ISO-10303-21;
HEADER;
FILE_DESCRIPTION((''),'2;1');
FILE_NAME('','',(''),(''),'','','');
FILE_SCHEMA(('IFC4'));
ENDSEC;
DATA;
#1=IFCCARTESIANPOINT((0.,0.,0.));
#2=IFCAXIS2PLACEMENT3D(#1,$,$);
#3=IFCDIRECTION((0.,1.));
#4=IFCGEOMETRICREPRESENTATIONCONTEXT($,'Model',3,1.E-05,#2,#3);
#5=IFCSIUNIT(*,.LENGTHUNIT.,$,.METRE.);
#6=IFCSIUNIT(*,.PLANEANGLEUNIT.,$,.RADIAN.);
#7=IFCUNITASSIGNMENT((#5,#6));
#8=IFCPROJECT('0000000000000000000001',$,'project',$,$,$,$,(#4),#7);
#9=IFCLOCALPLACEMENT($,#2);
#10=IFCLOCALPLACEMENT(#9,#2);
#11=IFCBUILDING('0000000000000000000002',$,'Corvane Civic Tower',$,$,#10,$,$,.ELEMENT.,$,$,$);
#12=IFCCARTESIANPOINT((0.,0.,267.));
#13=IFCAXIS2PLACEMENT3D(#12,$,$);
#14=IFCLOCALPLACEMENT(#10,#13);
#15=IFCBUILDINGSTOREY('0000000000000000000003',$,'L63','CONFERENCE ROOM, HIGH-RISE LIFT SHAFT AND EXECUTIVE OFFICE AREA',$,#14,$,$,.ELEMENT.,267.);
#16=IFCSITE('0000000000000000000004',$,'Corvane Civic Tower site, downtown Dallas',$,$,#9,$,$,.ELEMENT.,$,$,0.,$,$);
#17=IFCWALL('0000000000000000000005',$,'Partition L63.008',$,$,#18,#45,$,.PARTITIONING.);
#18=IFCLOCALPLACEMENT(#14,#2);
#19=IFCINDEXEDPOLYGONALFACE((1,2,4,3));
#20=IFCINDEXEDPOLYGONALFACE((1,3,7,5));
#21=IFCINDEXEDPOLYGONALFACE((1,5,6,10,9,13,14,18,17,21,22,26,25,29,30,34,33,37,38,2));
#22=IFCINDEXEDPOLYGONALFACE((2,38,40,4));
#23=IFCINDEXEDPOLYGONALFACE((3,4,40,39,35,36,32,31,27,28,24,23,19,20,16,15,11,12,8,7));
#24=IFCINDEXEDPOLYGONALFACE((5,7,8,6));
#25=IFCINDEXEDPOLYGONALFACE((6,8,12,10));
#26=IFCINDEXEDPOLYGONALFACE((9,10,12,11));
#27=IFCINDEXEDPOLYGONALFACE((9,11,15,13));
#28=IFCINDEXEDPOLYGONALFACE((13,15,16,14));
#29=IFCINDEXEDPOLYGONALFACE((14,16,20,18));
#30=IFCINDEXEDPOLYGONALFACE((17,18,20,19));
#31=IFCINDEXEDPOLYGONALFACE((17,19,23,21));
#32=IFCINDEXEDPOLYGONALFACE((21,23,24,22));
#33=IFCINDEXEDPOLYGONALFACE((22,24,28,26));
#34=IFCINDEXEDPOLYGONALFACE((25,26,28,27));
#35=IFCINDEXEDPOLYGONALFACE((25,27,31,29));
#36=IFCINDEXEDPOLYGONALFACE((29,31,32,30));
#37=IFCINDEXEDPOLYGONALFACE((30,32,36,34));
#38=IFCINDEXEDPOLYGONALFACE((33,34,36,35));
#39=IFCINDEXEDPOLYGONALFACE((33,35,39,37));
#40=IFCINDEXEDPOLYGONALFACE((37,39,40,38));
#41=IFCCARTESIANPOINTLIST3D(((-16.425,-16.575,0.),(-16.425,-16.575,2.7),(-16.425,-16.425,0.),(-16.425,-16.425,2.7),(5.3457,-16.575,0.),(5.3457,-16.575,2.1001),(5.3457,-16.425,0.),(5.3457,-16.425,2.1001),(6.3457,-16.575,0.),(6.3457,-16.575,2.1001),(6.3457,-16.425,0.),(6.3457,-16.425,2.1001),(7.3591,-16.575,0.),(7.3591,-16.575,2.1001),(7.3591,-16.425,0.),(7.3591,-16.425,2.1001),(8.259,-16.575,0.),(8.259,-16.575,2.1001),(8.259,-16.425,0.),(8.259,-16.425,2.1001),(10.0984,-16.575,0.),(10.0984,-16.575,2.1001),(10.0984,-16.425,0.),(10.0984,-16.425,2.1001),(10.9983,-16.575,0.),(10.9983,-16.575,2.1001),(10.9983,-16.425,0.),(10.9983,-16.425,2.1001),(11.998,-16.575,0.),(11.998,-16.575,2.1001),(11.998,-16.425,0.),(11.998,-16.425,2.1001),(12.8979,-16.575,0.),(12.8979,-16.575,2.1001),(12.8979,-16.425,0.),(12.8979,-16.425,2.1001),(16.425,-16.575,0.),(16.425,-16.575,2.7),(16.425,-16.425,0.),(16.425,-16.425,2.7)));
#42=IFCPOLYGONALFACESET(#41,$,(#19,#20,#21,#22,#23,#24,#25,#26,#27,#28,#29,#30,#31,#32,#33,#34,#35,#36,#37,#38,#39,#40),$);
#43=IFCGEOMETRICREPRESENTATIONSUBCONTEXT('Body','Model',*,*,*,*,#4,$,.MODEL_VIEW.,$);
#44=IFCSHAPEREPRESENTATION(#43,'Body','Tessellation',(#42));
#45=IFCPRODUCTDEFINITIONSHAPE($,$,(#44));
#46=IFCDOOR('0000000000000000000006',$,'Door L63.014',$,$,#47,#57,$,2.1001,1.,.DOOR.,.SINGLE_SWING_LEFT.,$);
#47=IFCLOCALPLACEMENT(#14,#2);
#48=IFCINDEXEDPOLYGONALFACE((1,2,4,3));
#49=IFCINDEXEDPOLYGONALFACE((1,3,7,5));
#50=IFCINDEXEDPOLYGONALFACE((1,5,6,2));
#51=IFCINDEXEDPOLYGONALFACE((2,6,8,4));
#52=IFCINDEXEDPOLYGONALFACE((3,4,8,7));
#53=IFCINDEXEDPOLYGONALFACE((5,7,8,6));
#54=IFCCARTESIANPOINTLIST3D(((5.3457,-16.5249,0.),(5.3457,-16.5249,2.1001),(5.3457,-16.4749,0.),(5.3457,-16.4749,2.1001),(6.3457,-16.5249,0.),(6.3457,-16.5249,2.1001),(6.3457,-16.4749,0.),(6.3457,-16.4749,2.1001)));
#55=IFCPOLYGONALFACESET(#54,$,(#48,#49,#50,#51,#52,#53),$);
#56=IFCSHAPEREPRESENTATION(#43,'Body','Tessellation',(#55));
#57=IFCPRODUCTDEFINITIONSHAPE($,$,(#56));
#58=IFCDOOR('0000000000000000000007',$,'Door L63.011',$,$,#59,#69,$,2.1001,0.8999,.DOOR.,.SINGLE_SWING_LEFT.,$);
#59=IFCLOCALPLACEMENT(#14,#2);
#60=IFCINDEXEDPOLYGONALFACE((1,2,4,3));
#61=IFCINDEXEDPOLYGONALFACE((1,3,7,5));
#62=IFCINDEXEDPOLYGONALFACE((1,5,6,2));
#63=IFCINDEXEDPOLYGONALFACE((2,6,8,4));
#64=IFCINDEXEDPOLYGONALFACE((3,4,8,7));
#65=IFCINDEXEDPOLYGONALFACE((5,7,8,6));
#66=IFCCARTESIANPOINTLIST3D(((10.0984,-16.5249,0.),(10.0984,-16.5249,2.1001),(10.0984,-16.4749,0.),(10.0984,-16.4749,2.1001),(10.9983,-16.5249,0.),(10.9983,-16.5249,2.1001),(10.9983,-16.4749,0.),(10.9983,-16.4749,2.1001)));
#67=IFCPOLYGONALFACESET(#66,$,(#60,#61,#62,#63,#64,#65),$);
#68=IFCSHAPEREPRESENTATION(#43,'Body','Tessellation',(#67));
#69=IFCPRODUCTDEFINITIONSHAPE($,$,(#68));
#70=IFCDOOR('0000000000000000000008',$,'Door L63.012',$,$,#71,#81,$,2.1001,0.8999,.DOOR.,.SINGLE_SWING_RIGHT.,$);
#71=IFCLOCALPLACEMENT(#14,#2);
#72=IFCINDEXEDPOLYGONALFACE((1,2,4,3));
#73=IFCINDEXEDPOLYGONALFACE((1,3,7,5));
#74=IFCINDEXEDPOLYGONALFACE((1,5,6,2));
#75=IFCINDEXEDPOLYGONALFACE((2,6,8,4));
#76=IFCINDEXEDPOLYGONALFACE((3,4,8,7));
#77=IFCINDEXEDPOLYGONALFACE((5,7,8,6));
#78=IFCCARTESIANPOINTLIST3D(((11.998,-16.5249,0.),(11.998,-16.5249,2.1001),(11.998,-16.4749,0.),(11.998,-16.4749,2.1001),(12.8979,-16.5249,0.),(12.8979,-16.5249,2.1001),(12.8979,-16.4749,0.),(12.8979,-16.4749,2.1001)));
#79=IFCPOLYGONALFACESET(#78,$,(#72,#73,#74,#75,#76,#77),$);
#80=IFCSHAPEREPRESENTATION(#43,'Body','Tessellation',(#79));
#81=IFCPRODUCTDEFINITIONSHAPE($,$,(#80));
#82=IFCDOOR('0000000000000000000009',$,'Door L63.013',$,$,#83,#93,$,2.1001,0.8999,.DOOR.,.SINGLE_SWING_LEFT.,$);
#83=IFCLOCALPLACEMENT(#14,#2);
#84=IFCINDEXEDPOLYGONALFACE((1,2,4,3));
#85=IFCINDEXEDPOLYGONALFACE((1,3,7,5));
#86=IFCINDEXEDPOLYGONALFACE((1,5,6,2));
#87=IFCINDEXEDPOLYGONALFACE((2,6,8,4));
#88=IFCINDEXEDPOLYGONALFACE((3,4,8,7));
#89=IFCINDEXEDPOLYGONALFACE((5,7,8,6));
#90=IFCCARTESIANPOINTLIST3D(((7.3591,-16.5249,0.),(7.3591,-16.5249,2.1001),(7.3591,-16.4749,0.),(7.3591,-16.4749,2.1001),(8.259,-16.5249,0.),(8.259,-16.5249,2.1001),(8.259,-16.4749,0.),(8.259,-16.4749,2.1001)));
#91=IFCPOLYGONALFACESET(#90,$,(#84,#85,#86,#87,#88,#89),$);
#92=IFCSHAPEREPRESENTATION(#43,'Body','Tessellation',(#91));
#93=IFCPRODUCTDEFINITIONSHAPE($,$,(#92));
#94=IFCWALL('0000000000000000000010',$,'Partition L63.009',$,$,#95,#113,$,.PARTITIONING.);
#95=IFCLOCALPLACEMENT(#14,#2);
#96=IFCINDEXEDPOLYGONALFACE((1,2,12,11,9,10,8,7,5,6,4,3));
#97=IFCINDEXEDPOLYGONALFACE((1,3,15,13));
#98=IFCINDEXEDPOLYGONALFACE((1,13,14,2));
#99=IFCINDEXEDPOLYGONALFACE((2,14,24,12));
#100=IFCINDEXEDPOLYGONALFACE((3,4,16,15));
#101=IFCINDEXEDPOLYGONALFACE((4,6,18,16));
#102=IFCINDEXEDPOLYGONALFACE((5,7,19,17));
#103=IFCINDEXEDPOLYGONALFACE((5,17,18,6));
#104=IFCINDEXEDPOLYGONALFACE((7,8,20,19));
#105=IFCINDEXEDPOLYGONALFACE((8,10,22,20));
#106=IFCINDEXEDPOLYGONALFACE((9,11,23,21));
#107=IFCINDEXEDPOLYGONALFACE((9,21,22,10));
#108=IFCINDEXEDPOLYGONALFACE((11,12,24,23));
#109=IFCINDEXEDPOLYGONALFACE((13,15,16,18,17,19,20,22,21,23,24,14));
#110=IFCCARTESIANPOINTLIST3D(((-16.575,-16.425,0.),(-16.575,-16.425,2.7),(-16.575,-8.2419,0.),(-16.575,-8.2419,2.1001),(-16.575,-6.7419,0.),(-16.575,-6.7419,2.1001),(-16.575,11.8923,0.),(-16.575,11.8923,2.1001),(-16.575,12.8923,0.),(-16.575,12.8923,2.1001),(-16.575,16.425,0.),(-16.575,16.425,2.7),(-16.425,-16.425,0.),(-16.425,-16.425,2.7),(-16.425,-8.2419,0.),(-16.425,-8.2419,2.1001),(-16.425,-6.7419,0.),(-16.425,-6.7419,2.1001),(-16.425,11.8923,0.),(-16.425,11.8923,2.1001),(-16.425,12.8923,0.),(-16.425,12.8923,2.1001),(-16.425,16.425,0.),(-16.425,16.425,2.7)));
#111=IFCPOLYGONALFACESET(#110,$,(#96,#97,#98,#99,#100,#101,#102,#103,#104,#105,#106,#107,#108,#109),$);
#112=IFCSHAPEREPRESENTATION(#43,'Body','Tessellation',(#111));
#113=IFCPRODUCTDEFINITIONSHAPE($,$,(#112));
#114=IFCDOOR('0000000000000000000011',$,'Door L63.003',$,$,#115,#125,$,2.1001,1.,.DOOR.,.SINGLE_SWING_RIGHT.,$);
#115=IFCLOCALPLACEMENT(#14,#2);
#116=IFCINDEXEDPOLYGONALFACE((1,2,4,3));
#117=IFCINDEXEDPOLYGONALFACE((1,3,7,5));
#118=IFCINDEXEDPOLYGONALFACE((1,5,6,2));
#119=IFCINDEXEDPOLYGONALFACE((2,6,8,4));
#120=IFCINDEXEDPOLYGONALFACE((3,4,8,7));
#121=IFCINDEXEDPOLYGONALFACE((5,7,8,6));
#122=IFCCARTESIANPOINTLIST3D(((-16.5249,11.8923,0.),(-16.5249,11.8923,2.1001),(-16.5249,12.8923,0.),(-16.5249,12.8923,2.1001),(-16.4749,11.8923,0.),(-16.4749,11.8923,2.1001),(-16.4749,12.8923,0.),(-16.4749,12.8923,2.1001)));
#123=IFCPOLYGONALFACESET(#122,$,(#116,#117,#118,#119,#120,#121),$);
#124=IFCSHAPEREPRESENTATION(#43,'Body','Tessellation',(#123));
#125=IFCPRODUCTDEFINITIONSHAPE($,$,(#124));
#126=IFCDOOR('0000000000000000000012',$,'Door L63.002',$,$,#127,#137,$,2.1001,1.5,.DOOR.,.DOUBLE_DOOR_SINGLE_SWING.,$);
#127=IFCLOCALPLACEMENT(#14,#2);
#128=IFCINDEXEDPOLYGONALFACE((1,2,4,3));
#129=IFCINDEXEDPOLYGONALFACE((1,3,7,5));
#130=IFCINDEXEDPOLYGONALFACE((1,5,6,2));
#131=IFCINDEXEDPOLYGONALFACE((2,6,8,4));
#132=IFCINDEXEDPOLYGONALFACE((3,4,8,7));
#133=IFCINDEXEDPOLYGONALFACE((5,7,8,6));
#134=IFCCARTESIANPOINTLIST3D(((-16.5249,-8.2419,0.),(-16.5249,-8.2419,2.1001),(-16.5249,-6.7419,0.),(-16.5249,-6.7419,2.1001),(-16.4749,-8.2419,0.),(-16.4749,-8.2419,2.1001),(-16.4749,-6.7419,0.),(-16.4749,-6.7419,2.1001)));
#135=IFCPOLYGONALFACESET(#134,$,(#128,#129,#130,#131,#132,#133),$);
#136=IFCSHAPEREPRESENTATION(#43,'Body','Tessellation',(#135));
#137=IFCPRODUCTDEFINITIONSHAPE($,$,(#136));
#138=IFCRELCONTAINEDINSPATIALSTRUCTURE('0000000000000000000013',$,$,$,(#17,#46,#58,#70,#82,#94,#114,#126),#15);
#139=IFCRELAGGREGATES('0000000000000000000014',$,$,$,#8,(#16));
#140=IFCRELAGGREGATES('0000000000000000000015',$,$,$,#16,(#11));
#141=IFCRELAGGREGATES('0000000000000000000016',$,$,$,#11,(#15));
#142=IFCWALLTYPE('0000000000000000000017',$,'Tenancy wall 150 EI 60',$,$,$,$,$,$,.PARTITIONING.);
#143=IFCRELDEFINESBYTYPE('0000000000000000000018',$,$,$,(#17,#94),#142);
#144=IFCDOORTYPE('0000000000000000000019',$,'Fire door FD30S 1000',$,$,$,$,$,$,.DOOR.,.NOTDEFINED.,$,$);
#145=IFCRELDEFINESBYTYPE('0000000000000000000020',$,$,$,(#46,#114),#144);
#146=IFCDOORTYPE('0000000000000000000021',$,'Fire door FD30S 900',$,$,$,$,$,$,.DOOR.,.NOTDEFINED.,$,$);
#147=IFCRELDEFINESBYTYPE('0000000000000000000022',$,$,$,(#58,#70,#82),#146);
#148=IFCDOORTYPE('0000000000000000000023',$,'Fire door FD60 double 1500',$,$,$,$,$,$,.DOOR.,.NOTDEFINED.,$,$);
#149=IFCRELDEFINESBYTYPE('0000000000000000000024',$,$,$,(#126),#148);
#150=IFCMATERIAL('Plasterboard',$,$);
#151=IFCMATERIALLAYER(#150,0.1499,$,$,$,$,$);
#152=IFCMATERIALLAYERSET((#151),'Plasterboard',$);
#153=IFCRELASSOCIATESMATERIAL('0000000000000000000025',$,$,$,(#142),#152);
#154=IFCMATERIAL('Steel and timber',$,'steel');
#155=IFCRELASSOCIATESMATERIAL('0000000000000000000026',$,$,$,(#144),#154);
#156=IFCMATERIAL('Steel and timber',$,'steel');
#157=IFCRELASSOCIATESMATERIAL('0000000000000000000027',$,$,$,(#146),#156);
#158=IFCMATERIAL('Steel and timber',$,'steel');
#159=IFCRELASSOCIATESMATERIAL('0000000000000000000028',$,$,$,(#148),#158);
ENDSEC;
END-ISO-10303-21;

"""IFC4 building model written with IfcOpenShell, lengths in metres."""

from ifc_helpers import new_model, si_unit, direction, frame, frame_2d, origin, place, context, subcontext, project, spatial, rectangle, extrude, material, layer, layer_set, type_object, element, fill, save


model = new_model("IFC4")

# Units and contexts
model_context = context("Model", 3, precision=1e-05, world=origin(), true_north=direction((0.0, 1.0)))
body_context = subcontext(model_context, "Body", "Model", "MODEL_VIEW")
ifc_project = project(units=[si_unit("LENGTHUNIT", "METRE"), si_unit("PLANEANGLEUNIT", "RADIAN")], contexts=[model_context])

# Site, building, storey
site_placement = place(None, origin())
site = spatial("IfcSite", under=ifc_project, at=site_placement, Name="Corvane Civic Tower site, downtown Dallas", CompositionType="ELEMENT", RefElevation=0.0)
building_placement = place(site_placement, origin())
building = spatial("IfcBuilding", under=site, at=building_placement, Name="Corvane Civic Tower", CompositionType="ELEMENT")
storey_placement = place(building_placement, frame((0.0, 0.0, 267.0)))
storey = spatial("IfcBuildingStorey", under=building, at=storey_placement, Name="L63", Description="CONFERENCE ROOM, HIGH-RISE LIFT SHAFT AND EXECUTIVE OFFICE AREA", CompositionType="ELEMENT", Elevation=267.0)

# Walls, openings, doors
ifc_material_1 = material(Name="Plasterboard")
ifc_layer_1 = layer(ifc_material_1, 0.1499)
ifc_layer_set_1 = layer_set([ifc_layer_1], Name="Plasterboard")
wall_type_1 = type_object("IfcWallType", Name="Tenancy wall 150 EI 60", PredefinedType="PARTITIONING", material=ifc_layer_set_1)
wall_1_placement = place(storey_placement, frame((-16.425, -16.5, 0.0), z_axis=(0.0, 0.0, 1.0), x_axis=(1.0, 0.0, 0.0)))
wall_1 = element("IfcWall", 1, at=wall_1_placement, inside=storey, type_object=wall_type_1, Name="Partition L63.008", PredefinedType="PARTITIONING", context=body_context, shape_type="SweptSolid", body=[
    extrude(rectangle(XDim=32.8501, YDim=0.1499, at=frame_2d((16.425, 0.0))), origin(), (0.0, 0.0, 1.0), 2.7),
])
opening_1_placement = place(wall_1_placement, frame((26.5234, 0.0, 0.0)))
opening_1 = element("IfcOpeningElement", 2, at=opening_1_placement, cuts=wall_1, PredefinedType="OPENING", context=body_context, shape_type="SweptSolid", body=[
    extrude(rectangle(XDim=0.8999, YDim=2.1001, at=frame_2d((0.45, 1.05))), frame((0.0, 0.085, 0.0), z_axis=(0.0, -1.0, 0.0), x_axis=(1.0, 0.0, 0.0)), (0.0, 0.0, 1.0), 0.1699),
])
opening_2_placement = place(wall_1_placement, frame((28.4231, 0.0, 0.0)))
opening_2 = element("IfcOpeningElement", 3, at=opening_2_placement, cuts=wall_1, PredefinedType="OPENING", context=body_context, shape_type="SweptSolid", body=[
    extrude(rectangle(XDim=0.8999, YDim=2.1001, at=frame_2d((0.45, 1.05))), frame((0.0, 0.085, 0.0), z_axis=(0.0, -1.0, 0.0), x_axis=(1.0, 0.0, 0.0)), (0.0, 0.0, 1.0), 0.1699),
])
opening_3_placement = place(wall_1_placement, frame((23.7842, 0.0, 0.0)))
opening_3 = element("IfcOpeningElement", 4, at=opening_3_placement, cuts=wall_1, PredefinedType="OPENING", context=body_context, shape_type="SweptSolid", body=[
    extrude(rectangle(XDim=0.8999, YDim=2.1001, at=frame_2d((0.45, 1.05))), frame((0.0, 0.085, 0.0), z_axis=(0.0, -1.0, 0.0), x_axis=(1.0, 0.0, 0.0)), (0.0, 0.0, 1.0), 0.1699),
])
opening_4_placement = place(wall_1_placement, frame((21.7708, 0.0, 0.0)))
opening_4 = element("IfcOpeningElement", 5, at=opening_4_placement, cuts=wall_1, PredefinedType="OPENING", context=body_context, shape_type="SweptSolid", body=[
    extrude(rectangle(XDim=1.0, YDim=2.1001, at=frame_2d((0.5, 1.05))), frame((0.0, 0.085, 0.0), z_axis=(0.0, -1.0, 0.0), x_axis=(1.0, 0.0, 0.0)), (0.0, 0.0, 1.0), 0.1699),
])
ifc_material_2 = material(Name="Steel and timber", Category="steel")
door_type_1 = type_object("IfcDoorType", Name="Fire door FD30S 1000", OperationType="NOTDEFINED", PredefinedType="DOOR", material=ifc_material_2)
door_1_placement = place(opening_4_placement, frame((1.0, 0.0, 0.0), z_axis=(0.0, 0.0, 1.0), x_axis=(-1.0, 0.0, 0.0)))
door_1 = element("IfcDoor", 6, at=door_1_placement, inside=storey, type_object=door_type_1, Name="Door L63.014", OperationType="SINGLE_SWING_LEFT", OverallHeight=2.1001, OverallWidth=1.0, PredefinedType="DOOR", context=body_context, shape_type="SweptSolid", body=[
    extrude(rectangle(XDim=1.0, YDim=2.1001, at=frame_2d((0.5, 1.05))), frame((0.0, 0.0249, 0.0), z_axis=(0.0, -1.0, 0.0), x_axis=(1.0, 0.0, 0.0)), (0.0, 0.0, 1.0), 0.05),
])
fill(opening_4, door_1)
ifc_material_3 = material(Name="Steel and timber", Category="steel")
door_type_2 = type_object("IfcDoorType", Name="Fire door FD30S 900", OperationType="NOTDEFINED", PredefinedType="DOOR", material=ifc_material_3)
door_2_placement = place(opening_1_placement, frame((0.8999, 0.0, 0.0), z_axis=(0.0, 0.0, 1.0), x_axis=(-1.0, 0.0, 0.0)))
door_2 = element("IfcDoor", 7, at=door_2_placement, inside=storey, type_object=door_type_2, Name="Door L63.011", OperationType="SINGLE_SWING_LEFT", OverallHeight=2.1001, OverallWidth=0.8999, PredefinedType="DOOR", context=body_context, shape_type="SweptSolid", body=[
    extrude(rectangle(XDim=0.8999, YDim=2.1001, at=frame_2d((0.45, 1.05))), frame((0.0, 0.0249, 0.0), z_axis=(0.0, -1.0, 0.0), x_axis=(1.0, 0.0, 0.0)), (0.0, 0.0, 1.0), 0.05),
])
fill(opening_1, door_2)
door_3_placement = place(opening_2_placement, frame((0.8999, 0.0, 0.0), z_axis=(0.0, 0.0, 1.0), x_axis=(-1.0, 0.0, 0.0)))
door_3 = element("IfcDoor", 8, at=door_3_placement, inside=storey, type_object=door_type_2, Name="Door L63.012", OperationType="SINGLE_SWING_RIGHT", OverallHeight=2.1001, OverallWidth=0.8999, PredefinedType="DOOR", context=body_context, shape_type="SweptSolid", body=[
    extrude(rectangle(XDim=0.8999, YDim=2.1001, at=frame_2d((0.45, 1.05))), frame((0.0, 0.0249, 0.0), z_axis=(0.0, -1.0, 0.0), x_axis=(1.0, 0.0, 0.0)), (0.0, 0.0, 1.0), 0.05),
])
fill(opening_2, door_3)
door_4_placement = place(opening_3_placement, frame((0.8999, 0.0, 0.0), z_axis=(0.0, 0.0, 1.0), x_axis=(-1.0, 0.0, 0.0)))
door_4 = element("IfcDoor", 9, at=door_4_placement, inside=storey, type_object=door_type_2, Name="Door L63.013", OperationType="SINGLE_SWING_LEFT", OverallHeight=2.1001, OverallWidth=0.8999, PredefinedType="DOOR", context=body_context, shape_type="SweptSolid", body=[
    extrude(rectangle(XDim=0.8999, YDim=2.1001, at=frame_2d((0.45, 1.05))), frame((0.0, 0.0249, 0.0), z_axis=(0.0, -1.0, 0.0), x_axis=(1.0, 0.0, 0.0)), (0.0, 0.0, 1.0), 0.05),
])
fill(opening_3, door_4)
wall_2_placement = place(storey_placement, frame((-16.5, -16.425, 0.0), z_axis=(0.0, 0.0, 1.0), x_axis=(0.0, 1.0, 0.0)))
wall_2 = element("IfcWall", 10, at=wall_2_placement, inside=storey, type_object=wall_type_1, Name="Partition L63.009", PredefinedType="PARTITIONING", context=body_context, shape_type="SweptSolid", body=[
    extrude(rectangle(XDim=32.8501, YDim=0.1499, at=frame_2d((16.425, 0.0))), origin(), (0.0, 0.0, 1.0), 2.7),
])
opening_5_placement = place(wall_2_placement, frame((8.1831, 0.0, 0.0)))
opening_5 = element("IfcOpeningElement", 11, at=opening_5_placement, cuts=wall_2, PredefinedType="OPENING", context=body_context, shape_type="SweptSolid", body=[
    extrude(rectangle(XDim=1.5, YDim=2.1001, at=frame_2d((0.75, 1.05))), frame((0.0, 0.085, 0.0), z_axis=(0.0, -1.0, 0.0), x_axis=(1.0, 0.0, 0.0)), (0.0, 0.0, 1.0), 0.1699),
])
opening_6_placement = place(wall_2_placement, frame((28.3174, 0.0, 0.0)))
opening_6 = element("IfcOpeningElement", 12, at=opening_6_placement, cuts=wall_2, PredefinedType="OPENING", context=body_context, shape_type="SweptSolid", body=[
    extrude(rectangle(XDim=1.0, YDim=2.1001, at=frame_2d((0.5, 1.05))), frame((0.0, 0.085, 0.0), z_axis=(0.0, -1.0, 0.0), x_axis=(1.0, 0.0, 0.0)), (0.0, 0.0, 1.0), 0.1699),
])
door_5_placement = place(opening_6_placement, origin())
door_5 = element("IfcDoor", 13, at=door_5_placement, inside=storey, type_object=door_type_1, Name="Door L63.003", OperationType="SINGLE_SWING_RIGHT", OverallHeight=2.1001, OverallWidth=1.0, PredefinedType="DOOR", context=body_context, shape_type="SweptSolid", body=[
    extrude(rectangle(XDim=1.0, YDim=2.1001, at=frame_2d((0.5, 1.05))), frame((0.0, 0.0249, 0.0), z_axis=(0.0, -1.0, 0.0), x_axis=(1.0, 0.0, 0.0)), (0.0, 0.0, 1.0), 0.05),
])
fill(opening_6, door_5)
ifc_material_4 = material(Name="Steel and timber", Category="steel")
door_type_3 = type_object("IfcDoorType", Name="Fire door FD60 double 1500", OperationType="NOTDEFINED", PredefinedType="DOOR", material=ifc_material_4)
door_6_placement = place(opening_5_placement, origin())
door_6 = element("IfcDoor", 14, at=door_6_placement, inside=storey, type_object=door_type_3, Name="Door L63.002", OperationType="DOUBLE_DOOR_SINGLE_SWING", OverallHeight=2.1001, OverallWidth=1.5, PredefinedType="DOOR", context=body_context, shape_type="SweptSolid", body=[
    extrude(rectangle(XDim=1.5, YDim=2.1001, at=frame_2d((0.75, 1.05))), frame((0.0, 0.0249, 0.0), z_axis=(0.0, -1.0, 0.0), x_axis=(1.0, 0.0, 0.0)), (0.0, 0.0, 1.0), 0.05),
])
fill(opening_5, door_6)

save(model, "model.ifc")
